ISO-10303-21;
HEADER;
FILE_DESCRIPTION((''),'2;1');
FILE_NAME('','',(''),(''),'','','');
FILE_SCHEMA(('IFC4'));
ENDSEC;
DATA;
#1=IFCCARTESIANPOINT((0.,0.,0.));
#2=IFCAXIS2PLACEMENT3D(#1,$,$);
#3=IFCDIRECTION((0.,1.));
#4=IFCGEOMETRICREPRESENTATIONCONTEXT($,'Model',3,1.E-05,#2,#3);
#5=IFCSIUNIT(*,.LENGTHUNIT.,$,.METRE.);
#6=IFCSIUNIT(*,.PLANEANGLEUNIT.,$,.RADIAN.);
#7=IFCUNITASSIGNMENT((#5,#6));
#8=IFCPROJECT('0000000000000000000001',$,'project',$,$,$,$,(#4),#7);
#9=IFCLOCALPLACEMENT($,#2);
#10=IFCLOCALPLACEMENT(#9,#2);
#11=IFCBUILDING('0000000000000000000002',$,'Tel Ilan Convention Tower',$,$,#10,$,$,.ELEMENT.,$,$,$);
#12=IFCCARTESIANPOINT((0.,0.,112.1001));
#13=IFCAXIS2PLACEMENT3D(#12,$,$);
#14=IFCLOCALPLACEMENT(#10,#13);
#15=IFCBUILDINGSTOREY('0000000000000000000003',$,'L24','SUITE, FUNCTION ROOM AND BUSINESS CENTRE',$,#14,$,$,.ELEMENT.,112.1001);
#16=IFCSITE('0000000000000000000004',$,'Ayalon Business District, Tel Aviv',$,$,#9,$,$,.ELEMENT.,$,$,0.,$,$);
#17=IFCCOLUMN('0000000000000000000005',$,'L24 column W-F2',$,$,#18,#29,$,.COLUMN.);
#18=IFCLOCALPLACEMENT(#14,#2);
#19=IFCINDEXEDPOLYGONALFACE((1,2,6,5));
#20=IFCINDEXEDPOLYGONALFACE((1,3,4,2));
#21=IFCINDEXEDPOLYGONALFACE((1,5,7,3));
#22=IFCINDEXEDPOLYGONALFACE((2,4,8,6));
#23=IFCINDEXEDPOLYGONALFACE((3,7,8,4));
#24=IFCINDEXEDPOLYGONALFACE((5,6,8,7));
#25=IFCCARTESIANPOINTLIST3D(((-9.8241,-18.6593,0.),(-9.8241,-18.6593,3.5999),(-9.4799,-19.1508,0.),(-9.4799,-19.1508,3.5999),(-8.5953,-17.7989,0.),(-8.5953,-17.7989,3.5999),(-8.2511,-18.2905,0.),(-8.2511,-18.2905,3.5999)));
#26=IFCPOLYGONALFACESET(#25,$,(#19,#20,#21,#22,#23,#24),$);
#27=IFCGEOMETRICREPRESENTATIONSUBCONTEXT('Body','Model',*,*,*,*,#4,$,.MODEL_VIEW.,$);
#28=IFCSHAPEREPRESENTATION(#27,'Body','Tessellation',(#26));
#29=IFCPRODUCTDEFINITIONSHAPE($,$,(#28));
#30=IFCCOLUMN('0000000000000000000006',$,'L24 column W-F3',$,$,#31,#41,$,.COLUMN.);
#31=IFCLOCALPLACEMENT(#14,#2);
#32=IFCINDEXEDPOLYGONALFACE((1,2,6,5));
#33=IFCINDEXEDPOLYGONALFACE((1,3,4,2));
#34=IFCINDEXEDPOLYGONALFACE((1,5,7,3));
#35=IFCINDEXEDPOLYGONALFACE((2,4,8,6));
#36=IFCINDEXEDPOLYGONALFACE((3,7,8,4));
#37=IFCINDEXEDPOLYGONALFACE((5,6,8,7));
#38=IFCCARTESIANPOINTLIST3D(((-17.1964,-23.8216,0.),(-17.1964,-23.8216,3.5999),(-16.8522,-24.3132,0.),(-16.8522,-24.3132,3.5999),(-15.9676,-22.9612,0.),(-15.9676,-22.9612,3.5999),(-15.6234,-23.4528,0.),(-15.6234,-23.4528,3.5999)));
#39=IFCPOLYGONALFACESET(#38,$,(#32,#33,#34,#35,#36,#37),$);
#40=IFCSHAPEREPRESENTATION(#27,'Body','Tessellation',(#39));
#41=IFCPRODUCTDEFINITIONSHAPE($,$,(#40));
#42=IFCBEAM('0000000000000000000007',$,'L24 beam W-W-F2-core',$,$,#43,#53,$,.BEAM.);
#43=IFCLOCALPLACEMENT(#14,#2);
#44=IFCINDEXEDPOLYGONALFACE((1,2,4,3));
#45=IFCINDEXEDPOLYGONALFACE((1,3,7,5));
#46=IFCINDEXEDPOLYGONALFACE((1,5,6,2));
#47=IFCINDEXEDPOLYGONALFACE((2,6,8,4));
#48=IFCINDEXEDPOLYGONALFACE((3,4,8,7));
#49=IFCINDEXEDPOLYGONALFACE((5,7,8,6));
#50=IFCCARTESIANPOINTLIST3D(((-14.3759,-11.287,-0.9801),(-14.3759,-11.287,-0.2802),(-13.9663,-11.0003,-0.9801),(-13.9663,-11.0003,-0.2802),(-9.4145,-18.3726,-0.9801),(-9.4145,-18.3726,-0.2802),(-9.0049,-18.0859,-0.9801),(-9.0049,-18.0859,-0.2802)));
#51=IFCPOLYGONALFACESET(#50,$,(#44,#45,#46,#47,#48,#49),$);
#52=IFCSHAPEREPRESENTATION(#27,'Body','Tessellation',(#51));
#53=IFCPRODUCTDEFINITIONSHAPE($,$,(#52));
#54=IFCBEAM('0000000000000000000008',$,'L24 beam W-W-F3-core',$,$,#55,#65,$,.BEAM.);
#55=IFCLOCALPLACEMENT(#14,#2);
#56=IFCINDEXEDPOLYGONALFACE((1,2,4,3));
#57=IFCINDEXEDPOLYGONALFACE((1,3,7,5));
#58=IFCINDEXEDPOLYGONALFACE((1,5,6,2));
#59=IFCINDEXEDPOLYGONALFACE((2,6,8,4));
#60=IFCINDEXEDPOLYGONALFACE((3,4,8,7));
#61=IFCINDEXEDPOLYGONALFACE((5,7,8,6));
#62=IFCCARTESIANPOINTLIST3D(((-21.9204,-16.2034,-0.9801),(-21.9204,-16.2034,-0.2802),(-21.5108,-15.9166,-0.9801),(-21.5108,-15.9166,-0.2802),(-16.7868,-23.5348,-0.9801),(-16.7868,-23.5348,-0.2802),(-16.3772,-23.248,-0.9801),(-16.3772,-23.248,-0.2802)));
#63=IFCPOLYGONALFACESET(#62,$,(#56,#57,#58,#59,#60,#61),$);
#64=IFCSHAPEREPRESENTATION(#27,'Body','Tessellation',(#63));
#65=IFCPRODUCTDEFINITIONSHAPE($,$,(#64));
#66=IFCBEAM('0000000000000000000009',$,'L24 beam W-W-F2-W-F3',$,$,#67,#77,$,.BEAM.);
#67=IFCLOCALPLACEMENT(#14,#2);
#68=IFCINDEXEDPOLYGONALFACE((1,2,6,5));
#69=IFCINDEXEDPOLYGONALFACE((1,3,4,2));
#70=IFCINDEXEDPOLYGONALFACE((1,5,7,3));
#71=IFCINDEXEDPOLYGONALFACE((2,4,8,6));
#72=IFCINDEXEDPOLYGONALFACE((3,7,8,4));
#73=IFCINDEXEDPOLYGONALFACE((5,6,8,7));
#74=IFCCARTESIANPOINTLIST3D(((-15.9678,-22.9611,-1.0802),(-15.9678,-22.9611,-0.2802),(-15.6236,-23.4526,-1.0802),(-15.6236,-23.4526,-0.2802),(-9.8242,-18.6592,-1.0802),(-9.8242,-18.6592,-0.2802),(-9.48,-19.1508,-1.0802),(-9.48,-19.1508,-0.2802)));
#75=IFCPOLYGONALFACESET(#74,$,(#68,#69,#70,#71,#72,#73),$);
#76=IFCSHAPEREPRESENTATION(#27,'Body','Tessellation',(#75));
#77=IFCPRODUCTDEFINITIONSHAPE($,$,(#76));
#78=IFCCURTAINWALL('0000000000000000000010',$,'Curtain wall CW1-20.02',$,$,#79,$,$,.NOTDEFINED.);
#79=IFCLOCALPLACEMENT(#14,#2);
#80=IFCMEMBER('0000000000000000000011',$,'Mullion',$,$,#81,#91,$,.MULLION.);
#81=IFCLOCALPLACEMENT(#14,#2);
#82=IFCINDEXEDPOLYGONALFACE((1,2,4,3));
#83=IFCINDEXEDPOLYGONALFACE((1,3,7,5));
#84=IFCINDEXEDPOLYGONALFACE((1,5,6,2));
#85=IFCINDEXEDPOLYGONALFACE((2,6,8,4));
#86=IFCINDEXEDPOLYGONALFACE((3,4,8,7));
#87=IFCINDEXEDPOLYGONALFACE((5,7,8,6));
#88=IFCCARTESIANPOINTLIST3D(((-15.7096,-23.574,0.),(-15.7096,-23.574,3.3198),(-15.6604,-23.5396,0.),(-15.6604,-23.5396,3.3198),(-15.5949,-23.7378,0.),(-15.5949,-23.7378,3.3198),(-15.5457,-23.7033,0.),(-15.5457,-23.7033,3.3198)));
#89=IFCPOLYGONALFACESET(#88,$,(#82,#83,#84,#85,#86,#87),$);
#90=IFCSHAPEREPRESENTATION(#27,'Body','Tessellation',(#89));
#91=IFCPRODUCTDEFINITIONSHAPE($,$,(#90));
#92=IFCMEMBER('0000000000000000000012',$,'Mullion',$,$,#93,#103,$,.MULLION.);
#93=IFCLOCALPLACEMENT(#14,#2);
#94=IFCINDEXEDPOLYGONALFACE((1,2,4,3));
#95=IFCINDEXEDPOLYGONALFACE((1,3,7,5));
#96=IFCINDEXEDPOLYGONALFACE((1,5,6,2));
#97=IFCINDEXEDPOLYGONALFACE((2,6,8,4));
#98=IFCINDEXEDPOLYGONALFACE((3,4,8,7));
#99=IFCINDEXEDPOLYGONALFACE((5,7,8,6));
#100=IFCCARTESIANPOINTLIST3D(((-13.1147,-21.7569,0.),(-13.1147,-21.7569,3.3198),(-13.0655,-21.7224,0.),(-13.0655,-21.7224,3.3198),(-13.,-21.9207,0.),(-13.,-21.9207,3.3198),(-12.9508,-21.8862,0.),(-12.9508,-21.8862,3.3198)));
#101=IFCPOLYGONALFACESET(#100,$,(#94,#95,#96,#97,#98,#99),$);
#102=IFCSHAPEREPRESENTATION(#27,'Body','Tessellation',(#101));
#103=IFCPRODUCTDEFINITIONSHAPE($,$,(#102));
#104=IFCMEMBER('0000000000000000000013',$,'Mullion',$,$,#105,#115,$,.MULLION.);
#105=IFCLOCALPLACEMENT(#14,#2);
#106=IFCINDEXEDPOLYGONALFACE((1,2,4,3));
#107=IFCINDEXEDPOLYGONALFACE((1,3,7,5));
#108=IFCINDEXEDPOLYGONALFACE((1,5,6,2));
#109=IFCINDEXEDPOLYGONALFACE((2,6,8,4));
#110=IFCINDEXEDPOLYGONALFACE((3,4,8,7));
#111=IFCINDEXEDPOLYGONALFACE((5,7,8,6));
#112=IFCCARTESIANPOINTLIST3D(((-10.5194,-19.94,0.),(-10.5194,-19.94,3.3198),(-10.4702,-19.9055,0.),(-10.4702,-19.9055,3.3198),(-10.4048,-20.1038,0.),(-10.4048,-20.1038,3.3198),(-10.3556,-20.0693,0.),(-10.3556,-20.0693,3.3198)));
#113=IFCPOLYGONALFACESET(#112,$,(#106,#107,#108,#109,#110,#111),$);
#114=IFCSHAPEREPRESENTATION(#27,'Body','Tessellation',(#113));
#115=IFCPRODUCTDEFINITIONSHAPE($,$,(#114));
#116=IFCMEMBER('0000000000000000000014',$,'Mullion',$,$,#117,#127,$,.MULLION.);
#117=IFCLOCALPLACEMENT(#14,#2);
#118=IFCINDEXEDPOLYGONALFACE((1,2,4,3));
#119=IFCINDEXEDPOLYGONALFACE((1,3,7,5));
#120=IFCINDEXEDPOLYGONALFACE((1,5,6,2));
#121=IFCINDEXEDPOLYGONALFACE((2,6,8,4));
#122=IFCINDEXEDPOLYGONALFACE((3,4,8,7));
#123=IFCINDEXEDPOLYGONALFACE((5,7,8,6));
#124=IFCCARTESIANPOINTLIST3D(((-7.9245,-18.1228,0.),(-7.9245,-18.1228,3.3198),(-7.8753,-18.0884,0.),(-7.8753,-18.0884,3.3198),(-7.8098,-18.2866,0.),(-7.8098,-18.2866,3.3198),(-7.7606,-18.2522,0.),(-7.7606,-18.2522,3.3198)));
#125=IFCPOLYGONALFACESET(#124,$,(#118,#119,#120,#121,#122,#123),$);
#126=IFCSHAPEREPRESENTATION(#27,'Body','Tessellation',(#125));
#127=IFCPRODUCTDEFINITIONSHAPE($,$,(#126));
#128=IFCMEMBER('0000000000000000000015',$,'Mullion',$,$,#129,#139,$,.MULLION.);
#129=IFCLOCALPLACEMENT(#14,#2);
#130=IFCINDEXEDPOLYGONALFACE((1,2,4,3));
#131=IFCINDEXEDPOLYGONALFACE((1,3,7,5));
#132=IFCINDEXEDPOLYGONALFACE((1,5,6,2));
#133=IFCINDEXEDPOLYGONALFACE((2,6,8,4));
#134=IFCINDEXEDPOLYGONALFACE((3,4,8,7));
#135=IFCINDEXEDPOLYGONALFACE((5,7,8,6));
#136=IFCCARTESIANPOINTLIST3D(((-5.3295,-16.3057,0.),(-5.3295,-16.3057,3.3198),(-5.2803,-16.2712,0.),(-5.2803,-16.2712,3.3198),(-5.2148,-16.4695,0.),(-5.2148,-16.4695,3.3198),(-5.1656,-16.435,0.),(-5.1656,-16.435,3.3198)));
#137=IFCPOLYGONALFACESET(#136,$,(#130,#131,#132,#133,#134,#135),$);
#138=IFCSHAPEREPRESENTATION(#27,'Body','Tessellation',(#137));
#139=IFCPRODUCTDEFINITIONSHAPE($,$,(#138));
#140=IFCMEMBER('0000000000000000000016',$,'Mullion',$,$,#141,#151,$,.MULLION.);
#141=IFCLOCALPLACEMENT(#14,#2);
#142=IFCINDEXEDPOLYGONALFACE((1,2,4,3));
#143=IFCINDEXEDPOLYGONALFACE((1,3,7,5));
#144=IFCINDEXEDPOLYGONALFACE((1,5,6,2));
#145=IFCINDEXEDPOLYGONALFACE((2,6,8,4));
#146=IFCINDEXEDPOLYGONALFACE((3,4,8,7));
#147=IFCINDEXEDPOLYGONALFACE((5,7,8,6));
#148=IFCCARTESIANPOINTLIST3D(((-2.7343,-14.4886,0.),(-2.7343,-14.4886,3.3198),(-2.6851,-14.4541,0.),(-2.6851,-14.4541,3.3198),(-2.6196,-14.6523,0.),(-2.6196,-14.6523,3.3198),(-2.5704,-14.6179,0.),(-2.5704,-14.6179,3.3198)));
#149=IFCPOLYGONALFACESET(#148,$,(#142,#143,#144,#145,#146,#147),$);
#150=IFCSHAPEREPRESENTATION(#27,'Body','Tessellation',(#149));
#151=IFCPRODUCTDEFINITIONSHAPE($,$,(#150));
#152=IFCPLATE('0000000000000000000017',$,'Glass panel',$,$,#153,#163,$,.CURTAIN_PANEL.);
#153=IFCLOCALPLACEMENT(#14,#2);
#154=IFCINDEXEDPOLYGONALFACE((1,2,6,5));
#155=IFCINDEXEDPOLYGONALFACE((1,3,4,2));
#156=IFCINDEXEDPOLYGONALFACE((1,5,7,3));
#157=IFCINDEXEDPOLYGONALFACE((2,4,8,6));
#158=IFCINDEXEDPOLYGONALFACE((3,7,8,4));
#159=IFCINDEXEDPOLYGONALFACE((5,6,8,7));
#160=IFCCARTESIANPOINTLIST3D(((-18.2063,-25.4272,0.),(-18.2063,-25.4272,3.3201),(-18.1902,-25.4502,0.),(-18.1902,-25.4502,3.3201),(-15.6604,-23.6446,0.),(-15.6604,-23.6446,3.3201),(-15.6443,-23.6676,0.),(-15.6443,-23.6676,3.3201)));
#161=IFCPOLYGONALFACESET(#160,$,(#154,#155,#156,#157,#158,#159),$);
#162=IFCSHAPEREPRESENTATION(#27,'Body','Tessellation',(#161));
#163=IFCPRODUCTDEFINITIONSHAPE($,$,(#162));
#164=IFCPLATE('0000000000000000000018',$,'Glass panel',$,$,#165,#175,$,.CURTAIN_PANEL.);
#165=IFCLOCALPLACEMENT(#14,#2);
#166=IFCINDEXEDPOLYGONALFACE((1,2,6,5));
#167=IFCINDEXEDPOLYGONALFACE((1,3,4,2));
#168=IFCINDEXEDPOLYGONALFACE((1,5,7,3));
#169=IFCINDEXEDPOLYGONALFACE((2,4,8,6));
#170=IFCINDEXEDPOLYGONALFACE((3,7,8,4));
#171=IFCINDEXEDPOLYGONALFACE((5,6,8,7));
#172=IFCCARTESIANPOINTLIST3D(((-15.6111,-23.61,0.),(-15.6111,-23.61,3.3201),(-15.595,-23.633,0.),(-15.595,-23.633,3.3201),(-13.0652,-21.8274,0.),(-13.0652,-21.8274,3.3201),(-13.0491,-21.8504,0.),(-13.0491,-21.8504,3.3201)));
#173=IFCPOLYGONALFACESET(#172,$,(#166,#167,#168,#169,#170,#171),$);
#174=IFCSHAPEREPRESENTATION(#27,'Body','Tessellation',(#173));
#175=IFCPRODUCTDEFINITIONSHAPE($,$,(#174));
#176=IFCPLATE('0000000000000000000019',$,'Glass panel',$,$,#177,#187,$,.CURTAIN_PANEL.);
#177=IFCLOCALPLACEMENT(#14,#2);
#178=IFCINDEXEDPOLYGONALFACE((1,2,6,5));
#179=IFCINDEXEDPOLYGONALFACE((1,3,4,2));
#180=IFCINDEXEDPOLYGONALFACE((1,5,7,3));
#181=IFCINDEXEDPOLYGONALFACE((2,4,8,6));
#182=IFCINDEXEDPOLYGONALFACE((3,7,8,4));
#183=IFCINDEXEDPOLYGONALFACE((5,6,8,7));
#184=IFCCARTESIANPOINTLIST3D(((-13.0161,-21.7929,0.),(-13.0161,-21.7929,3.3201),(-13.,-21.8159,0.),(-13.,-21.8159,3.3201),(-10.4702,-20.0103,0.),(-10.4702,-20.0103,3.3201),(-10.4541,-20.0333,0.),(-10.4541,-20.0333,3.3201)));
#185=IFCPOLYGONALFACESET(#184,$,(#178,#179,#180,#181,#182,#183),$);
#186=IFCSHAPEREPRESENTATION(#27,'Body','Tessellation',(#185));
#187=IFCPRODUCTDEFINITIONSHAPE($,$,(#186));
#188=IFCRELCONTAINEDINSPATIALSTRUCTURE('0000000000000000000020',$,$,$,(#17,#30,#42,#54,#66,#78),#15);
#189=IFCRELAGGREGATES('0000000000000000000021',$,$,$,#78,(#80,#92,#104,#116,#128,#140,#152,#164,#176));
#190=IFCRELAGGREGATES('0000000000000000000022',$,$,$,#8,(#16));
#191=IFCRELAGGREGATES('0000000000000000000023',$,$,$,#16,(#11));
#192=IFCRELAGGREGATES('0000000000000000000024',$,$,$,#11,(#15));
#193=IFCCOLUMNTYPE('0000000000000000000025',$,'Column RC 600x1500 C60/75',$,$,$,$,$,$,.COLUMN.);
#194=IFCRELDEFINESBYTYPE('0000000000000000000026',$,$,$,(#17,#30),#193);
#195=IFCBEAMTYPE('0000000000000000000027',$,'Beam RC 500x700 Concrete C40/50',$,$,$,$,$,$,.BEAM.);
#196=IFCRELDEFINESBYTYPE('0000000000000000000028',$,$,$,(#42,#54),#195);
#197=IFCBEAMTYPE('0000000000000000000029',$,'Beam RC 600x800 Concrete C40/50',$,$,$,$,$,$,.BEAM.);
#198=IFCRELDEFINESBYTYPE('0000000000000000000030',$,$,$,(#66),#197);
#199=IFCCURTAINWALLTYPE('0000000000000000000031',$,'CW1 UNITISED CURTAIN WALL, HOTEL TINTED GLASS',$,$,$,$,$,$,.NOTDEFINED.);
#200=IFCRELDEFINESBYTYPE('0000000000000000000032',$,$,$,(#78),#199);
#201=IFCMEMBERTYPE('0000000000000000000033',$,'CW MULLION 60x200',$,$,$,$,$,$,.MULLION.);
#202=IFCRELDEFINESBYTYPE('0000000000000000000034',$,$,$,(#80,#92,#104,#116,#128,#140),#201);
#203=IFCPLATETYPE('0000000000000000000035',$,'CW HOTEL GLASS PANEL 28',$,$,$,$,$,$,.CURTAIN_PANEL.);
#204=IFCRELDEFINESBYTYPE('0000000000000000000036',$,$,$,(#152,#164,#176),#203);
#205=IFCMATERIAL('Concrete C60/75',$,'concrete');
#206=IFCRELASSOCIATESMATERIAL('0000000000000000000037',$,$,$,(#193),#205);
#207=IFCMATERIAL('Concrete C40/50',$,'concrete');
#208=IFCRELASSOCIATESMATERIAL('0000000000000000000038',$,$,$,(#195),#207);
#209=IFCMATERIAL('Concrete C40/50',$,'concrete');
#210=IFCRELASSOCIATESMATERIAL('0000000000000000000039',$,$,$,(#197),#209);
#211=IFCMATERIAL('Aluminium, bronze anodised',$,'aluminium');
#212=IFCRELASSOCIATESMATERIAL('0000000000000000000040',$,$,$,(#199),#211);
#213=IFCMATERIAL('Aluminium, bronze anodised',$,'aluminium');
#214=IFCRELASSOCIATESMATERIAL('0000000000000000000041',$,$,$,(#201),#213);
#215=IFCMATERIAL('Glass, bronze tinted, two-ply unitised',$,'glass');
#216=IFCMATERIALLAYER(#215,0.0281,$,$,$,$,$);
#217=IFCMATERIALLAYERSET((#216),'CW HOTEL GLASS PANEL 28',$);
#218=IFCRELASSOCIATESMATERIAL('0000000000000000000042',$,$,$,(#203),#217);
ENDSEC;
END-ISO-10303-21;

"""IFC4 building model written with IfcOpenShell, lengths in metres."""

from ifc_helpers import new_model, si_unit, direction, frame, origin, origin_2d, place, context, subcontext, project, spatial, rectangle, extrude, material, layer, layer_set, material_profile, profile_set, type_object, element, aggregate, save


model = new_model("IFC4")

# Units and contexts
model_context = context("Model", 3, precision=1e-05, world=origin(), true_north=direction((0.0, 1.0)))
body_context = subcontext(model_context, "Body", "Model", "MODEL_VIEW")
ifc_project = project(units=[si_unit("LENGTHUNIT", "METRE"), si_unit("PLANEANGLEUNIT", "RADIAN")], contexts=[model_context])

# Site, building, storey
site_placement = place(None, origin())
site = spatial("IfcSite", under=ifc_project, at=site_placement, Name="Ayalon Business District, Tel Aviv", CompositionType="ELEMENT", RefElevation=0.0)
building_placement = place(site_placement, origin())
building = spatial("IfcBuilding", under=site, at=building_placement, Name="Tel Ilan Convention Tower", CompositionType="ELEMENT")
storey_placement = place(building_placement, frame((0.0, 0.0, 112.1001)))
storey = spatial("IfcBuildingStorey", under=building, at=storey_placement, Name="L24", Description="SUITE, FUNCTION ROOM AND BUSINESS CENTRE", CompositionType="ELEMENT", Elevation=112.1001)

# Columns
ifc_material_1 = material(Name="Concrete C60/75", Category="concrete")
ifc_material_profile_1 = material_profile(ifc_material_1, rectangle(XDim=1.5, YDim=0.6001, at=origin_2d()), Name="RC 600x1500")
ifc_profile_set_1 = profile_set([ifc_material_profile_1], Name="Concrete C60/75")
column_type = type_object("IfcColumnType", Name="Column RC 600x1500 C60/75", PredefinedType="COLUMN", material=ifc_profile_set_1)
for number, where, z_axis, x_axis, name in (
    (1, (-9.0376, -18.4749, 0.0), (0.0, 0.0, 1.0), (-0.819152, -0.573576, 0.0), "L24 column W-F2"),
    (2, (-16.4099, -23.6372, 0.0), (0.0, 0.0, 1.0), (-0.819152, -0.573576, 0.0), "L24 column W-F3"),
):
    element("IfcColumn", number, at=place(storey_placement, frame(where, z_axis=z_axis, x_axis=x_axis)), inside=storey, type_object=column_type, Name=name, PredefinedType="COLUMN", context=body_context, shape_type="SweptSolid", body=[
        extrude(rectangle(XDim=1.5, YDim=0.6001, at=origin_2d()), origin(), (0.0, 0.0, 1.0), 3.5999),
    ])

# Beams
ifc_material_2 = material(Name="Concrete C40/50", Category="concrete")
ifc_material_profile_2 = material_profile(ifc_material_2, rectangle(XDim=0.5, YDim=0.7, at=origin_2d()), Name="RC 500x700")
ifc_profile_set_2 = profile_set([ifc_material_profile_2], Name="Concrete C40/50")
beam_type_1 = type_object("IfcBeamType", Name="Beam RC 500x700 Concrete C40/50", PredefinedType="BEAM", material=ifc_profile_set_2)
beam_1_placement = place(storey_placement, frame((-9.2097, -18.2292, -0.6301), z_axis=(-0.573574, 0.819154, 0.0), x_axis=(-0.819154, -0.573574, 0.0)))
element("IfcBeam", 3, at=beam_1_placement, inside=storey, type_object=beam_type_1, Name="L24 beam W-W-F2-core", PredefinedType="BEAM", context=body_context, shape_type="SweptSolid", body=[
    extrude(rectangle(XDim=0.5, YDim=0.7, at=origin_2d()), origin(), (0.0, 0.0, 1.0), 8.6499),
])
beam_2_placement = place(storey_placement, frame((-16.582, -23.3914, -0.6301), z_axis=(-0.573585, 0.819146, 0.0), x_axis=(-0.819146, -0.573585, 0.0)))
element("IfcBeam", 4, at=beam_2_placement, inside=storey, type_object=beam_type_1, Name="L24 beam W-W-F3-core", PredefinedType="BEAM", context=body_context, shape_type="SweptSolid", body=[
    extrude(rectangle(XDim=0.5, YDim=0.7, at=origin_2d()), origin(), (0.0, 0.0, 1.0), 8.95),
])
ifc_material_3 = material(Name="Concrete C40/50", Category="concrete")
ifc_material_profile_3 = material_profile(ifc_material_3, rectangle(XDim=0.6001, YDim=0.8, at=origin_2d()), Name="RC 600x800")
ifc_profile_set_3 = profile_set([ifc_material_profile_3], Name="Concrete C40/50")
beam_type_2 = type_object("IfcBeamType", Name="Beam RC 600x800 Concrete C40/50", PredefinedType="BEAM", material=ifc_profile_set_3)
beam_3_placement = place(storey_placement, frame((-9.6521, -18.905, -0.6802), z_axis=(-0.819152, -0.573576, 0.0), x_axis=(0.573576, -0.819152, 0.0)))
element("IfcBeam", 5, at=beam_3_placement, inside=storey, type_object=beam_type_2, Name="L24 beam W-W-F2-W-F3", PredefinedType="BEAM", context=body_context, shape_type="SweptSolid", body=[
    extrude(rectangle(XDim=0.6001, YDim=0.8, at=origin_2d()), origin(), (0.0, 0.0, 1.0), 7.5),
])

# Curtain wall, members, plates
ifc_material_4 = material(Name="Aluminium, bronze anodised", Category="aluminium")
curtain_wall_type = type_object("IfcCurtainWallType", Name="CW1 UNITISED CURTAIN WALL, HOTEL TINTED GLASS", PredefinedType="NOTDEFINED", material=ifc_material_4)
curtain_wall_placement = place(storey_placement, origin())
curtain_wall = element("IfcCurtainWall", 6, at=curtain_wall_placement, inside=storey, type_object=curtain_wall_type, Name="Curtain wall CW1-20.02", PredefinedType="NOTDEFINED")
ifc_material_5 = material(Name="Aluminium, bronze anodised", Category="aluminium")
ifc_material_profile_4 = material_profile(ifc_material_5, rectangle(XDim=0.0601, YDim=0.2, at=origin_2d()), Name="CW MULLION 60x200")
ifc_profile_set_4 = profile_set([ifc_material_profile_4], Name="Aluminium, bronze anodised")
member_type = type_object("IfcMemberType", Name="CW MULLION 60x200", PredefinedType="MULLION", material=ifc_profile_set_4)
member_1_placement = place(storey_placement, frame((-15.6277, -23.6387, 0.0), z_axis=(0.0, 0.0, 1.0), x_axis=(0.819152, 0.573576, 0.0)))
member_1 = element("IfcMember", 7, at=member_1_placement, type_object=member_type, Name="Mullion", PredefinedType="MULLION", context=body_context, shape_type="SweptSolid", body=[
    extrude(rectangle(XDim=0.0601, YDim=0.2, at=origin_2d()), origin(), (0.0, 0.0, 1.0), 3.3198),
])
member_2_placement = place(storey_placement, frame((-13.0327, -21.8215, 0.0), z_axis=(0.0, 0.0, 1.0), x_axis=(0.819152, 0.573576, 0.0)))
member_2 = element("IfcMember", 8, at=member_2_placement, type_object=member_type, Name="Mullion", PredefinedType="MULLION", context=body_context, shape_type="SweptSolid", body=[
    extrude(rectangle(XDim=0.0601, YDim=0.2, at=origin_2d()), origin(), (0.0, 0.0, 1.0), 3.3198),
])
member_3_placement = place(storey_placement, frame((-10.4375, -20.0046, 0.0), z_axis=(0.0, 0.0, 1.0), x_axis=(0.819152, 0.573576, 0.0)))
member_3 = element("IfcMember", 9, at=member_3_placement, type_object=member_type, Name="Mullion", PredefinedType="MULLION", context=body_context, shape_type="SweptSolid", body=[
    extrude(rectangle(XDim=0.0601, YDim=0.2, at=origin_2d()), origin(), (0.0, 0.0, 1.0), 3.3198),
])
member_4_placement = place(storey_placement, frame((-7.8425, -18.1875, 0.0), z_axis=(0.0, 0.0, 1.0), x_axis=(0.819152, 0.573576, 0.0)))
member_4 = element("IfcMember", 10, at=member_4_placement, type_object=member_type, Name="Mullion", PredefinedType="MULLION", context=body_context, shape_type="SweptSolid", body=[
    extrude(rectangle(XDim=0.0601, YDim=0.2, at=origin_2d()), origin(), (0.0, 0.0, 1.0), 3.3198),
])
member_5_placement = place(storey_placement, frame((-5.2476, -16.3704, 0.0), z_axis=(0.0, 0.0, 1.0), x_axis=(0.819152, 0.573576, 0.0)))
member_5 = element("IfcMember", 11, at=member_5_placement, type_object=member_type, Name="Mullion", PredefinedType="MULLION", context=body_context, shape_type="SweptSolid", body=[
    extrude(rectangle(XDim=0.0601, YDim=0.2, at=origin_2d()), origin(), (0.0, 0.0, 1.0), 3.3198),
])
member_6_placement = place(storey_placement, frame((-2.6523, -14.5532, 0.0), z_axis=(0.0, 0.0, 1.0), x_axis=(0.819152, 0.573576, 0.0)))
member_6 = element("IfcMember", 12, at=member_6_placement, type_object=member_type, Name="Mullion", PredefinedType="MULLION", context=body_context, shape_type="SweptSolid", body=[
    extrude(rectangle(XDim=0.0601, YDim=0.2, at=origin_2d()), origin(), (0.0, 0.0, 1.0), 3.3198),
])
ifc_material_6 = material(Name="Glass, bronze tinted, two-ply unitised", Category="glass")
ifc_layer_1 = layer(ifc_material_6, 0.0281)
ifc_layer_set_1 = layer_set([ifc_layer_1], Name="CW HOTEL GLASS PANEL 28")
plate_type = type_object("IfcPlateType", Name="CW HOTEL GLASS PANEL 28", PredefinedType="CURTAIN_PANEL", material=ifc_layer_set_1)
plate_1_placement = place(storey_placement, frame((-16.9253, -24.5474, 0.0), z_axis=(0.0, 0.0, 1.0), x_axis=(0.819152, 0.573576, 0.0)))
plate_1 = element("IfcPlate", 13, at=plate_1_placement, type_object=plate_type, Name="Glass panel", PredefinedType="CURTAIN_PANEL", context=body_context, shape_type="SweptSolid", body=[
    extrude(rectangle(XDim=3.1079, YDim=0.0281, at=origin_2d()), origin(), (0.0, 0.0, 1.0), 3.3201),
])
plate_2_placement = place(storey_placement, frame((-14.3301, -22.7302, 0.0), z_axis=(0.0, 0.0, 1.0), x_axis=(0.819152, 0.573576, 0.0)))
plate_2 = element("IfcPlate", 14, at=plate_2_placement, type_object=plate_type, Name="Glass panel", PredefinedType="CURTAIN_PANEL", context=body_context, shape_type="SweptSolid", body=[
    extrude(rectangle(XDim=3.1079, YDim=0.0281, at=origin_2d()), origin(), (0.0, 0.0, 1.0), 3.3201),
])
plate_3_placement = place(storey_placement, frame((-11.7351, -20.9131, 0.0), z_axis=(0.0, 0.0, 1.0), x_axis=(0.819152, 0.573576, 0.0)))
plate_3 = element("IfcPlate", 15, at=plate_3_placement, type_object=plate_type, Name="Glass panel", PredefinedType="CURTAIN_PANEL", context=body_context, shape_type="SweptSolid", body=[
    extrude(rectangle(XDim=3.1079, YDim=0.0281, at=origin_2d()), origin(), (0.0, 0.0, 1.0), 3.3201),
])
aggregate(curtain_wall, [member_1, member_2, member_3, member_4, member_5, member_6, plate_1, plate_2, plate_3])

save(model, "model.ifc")
